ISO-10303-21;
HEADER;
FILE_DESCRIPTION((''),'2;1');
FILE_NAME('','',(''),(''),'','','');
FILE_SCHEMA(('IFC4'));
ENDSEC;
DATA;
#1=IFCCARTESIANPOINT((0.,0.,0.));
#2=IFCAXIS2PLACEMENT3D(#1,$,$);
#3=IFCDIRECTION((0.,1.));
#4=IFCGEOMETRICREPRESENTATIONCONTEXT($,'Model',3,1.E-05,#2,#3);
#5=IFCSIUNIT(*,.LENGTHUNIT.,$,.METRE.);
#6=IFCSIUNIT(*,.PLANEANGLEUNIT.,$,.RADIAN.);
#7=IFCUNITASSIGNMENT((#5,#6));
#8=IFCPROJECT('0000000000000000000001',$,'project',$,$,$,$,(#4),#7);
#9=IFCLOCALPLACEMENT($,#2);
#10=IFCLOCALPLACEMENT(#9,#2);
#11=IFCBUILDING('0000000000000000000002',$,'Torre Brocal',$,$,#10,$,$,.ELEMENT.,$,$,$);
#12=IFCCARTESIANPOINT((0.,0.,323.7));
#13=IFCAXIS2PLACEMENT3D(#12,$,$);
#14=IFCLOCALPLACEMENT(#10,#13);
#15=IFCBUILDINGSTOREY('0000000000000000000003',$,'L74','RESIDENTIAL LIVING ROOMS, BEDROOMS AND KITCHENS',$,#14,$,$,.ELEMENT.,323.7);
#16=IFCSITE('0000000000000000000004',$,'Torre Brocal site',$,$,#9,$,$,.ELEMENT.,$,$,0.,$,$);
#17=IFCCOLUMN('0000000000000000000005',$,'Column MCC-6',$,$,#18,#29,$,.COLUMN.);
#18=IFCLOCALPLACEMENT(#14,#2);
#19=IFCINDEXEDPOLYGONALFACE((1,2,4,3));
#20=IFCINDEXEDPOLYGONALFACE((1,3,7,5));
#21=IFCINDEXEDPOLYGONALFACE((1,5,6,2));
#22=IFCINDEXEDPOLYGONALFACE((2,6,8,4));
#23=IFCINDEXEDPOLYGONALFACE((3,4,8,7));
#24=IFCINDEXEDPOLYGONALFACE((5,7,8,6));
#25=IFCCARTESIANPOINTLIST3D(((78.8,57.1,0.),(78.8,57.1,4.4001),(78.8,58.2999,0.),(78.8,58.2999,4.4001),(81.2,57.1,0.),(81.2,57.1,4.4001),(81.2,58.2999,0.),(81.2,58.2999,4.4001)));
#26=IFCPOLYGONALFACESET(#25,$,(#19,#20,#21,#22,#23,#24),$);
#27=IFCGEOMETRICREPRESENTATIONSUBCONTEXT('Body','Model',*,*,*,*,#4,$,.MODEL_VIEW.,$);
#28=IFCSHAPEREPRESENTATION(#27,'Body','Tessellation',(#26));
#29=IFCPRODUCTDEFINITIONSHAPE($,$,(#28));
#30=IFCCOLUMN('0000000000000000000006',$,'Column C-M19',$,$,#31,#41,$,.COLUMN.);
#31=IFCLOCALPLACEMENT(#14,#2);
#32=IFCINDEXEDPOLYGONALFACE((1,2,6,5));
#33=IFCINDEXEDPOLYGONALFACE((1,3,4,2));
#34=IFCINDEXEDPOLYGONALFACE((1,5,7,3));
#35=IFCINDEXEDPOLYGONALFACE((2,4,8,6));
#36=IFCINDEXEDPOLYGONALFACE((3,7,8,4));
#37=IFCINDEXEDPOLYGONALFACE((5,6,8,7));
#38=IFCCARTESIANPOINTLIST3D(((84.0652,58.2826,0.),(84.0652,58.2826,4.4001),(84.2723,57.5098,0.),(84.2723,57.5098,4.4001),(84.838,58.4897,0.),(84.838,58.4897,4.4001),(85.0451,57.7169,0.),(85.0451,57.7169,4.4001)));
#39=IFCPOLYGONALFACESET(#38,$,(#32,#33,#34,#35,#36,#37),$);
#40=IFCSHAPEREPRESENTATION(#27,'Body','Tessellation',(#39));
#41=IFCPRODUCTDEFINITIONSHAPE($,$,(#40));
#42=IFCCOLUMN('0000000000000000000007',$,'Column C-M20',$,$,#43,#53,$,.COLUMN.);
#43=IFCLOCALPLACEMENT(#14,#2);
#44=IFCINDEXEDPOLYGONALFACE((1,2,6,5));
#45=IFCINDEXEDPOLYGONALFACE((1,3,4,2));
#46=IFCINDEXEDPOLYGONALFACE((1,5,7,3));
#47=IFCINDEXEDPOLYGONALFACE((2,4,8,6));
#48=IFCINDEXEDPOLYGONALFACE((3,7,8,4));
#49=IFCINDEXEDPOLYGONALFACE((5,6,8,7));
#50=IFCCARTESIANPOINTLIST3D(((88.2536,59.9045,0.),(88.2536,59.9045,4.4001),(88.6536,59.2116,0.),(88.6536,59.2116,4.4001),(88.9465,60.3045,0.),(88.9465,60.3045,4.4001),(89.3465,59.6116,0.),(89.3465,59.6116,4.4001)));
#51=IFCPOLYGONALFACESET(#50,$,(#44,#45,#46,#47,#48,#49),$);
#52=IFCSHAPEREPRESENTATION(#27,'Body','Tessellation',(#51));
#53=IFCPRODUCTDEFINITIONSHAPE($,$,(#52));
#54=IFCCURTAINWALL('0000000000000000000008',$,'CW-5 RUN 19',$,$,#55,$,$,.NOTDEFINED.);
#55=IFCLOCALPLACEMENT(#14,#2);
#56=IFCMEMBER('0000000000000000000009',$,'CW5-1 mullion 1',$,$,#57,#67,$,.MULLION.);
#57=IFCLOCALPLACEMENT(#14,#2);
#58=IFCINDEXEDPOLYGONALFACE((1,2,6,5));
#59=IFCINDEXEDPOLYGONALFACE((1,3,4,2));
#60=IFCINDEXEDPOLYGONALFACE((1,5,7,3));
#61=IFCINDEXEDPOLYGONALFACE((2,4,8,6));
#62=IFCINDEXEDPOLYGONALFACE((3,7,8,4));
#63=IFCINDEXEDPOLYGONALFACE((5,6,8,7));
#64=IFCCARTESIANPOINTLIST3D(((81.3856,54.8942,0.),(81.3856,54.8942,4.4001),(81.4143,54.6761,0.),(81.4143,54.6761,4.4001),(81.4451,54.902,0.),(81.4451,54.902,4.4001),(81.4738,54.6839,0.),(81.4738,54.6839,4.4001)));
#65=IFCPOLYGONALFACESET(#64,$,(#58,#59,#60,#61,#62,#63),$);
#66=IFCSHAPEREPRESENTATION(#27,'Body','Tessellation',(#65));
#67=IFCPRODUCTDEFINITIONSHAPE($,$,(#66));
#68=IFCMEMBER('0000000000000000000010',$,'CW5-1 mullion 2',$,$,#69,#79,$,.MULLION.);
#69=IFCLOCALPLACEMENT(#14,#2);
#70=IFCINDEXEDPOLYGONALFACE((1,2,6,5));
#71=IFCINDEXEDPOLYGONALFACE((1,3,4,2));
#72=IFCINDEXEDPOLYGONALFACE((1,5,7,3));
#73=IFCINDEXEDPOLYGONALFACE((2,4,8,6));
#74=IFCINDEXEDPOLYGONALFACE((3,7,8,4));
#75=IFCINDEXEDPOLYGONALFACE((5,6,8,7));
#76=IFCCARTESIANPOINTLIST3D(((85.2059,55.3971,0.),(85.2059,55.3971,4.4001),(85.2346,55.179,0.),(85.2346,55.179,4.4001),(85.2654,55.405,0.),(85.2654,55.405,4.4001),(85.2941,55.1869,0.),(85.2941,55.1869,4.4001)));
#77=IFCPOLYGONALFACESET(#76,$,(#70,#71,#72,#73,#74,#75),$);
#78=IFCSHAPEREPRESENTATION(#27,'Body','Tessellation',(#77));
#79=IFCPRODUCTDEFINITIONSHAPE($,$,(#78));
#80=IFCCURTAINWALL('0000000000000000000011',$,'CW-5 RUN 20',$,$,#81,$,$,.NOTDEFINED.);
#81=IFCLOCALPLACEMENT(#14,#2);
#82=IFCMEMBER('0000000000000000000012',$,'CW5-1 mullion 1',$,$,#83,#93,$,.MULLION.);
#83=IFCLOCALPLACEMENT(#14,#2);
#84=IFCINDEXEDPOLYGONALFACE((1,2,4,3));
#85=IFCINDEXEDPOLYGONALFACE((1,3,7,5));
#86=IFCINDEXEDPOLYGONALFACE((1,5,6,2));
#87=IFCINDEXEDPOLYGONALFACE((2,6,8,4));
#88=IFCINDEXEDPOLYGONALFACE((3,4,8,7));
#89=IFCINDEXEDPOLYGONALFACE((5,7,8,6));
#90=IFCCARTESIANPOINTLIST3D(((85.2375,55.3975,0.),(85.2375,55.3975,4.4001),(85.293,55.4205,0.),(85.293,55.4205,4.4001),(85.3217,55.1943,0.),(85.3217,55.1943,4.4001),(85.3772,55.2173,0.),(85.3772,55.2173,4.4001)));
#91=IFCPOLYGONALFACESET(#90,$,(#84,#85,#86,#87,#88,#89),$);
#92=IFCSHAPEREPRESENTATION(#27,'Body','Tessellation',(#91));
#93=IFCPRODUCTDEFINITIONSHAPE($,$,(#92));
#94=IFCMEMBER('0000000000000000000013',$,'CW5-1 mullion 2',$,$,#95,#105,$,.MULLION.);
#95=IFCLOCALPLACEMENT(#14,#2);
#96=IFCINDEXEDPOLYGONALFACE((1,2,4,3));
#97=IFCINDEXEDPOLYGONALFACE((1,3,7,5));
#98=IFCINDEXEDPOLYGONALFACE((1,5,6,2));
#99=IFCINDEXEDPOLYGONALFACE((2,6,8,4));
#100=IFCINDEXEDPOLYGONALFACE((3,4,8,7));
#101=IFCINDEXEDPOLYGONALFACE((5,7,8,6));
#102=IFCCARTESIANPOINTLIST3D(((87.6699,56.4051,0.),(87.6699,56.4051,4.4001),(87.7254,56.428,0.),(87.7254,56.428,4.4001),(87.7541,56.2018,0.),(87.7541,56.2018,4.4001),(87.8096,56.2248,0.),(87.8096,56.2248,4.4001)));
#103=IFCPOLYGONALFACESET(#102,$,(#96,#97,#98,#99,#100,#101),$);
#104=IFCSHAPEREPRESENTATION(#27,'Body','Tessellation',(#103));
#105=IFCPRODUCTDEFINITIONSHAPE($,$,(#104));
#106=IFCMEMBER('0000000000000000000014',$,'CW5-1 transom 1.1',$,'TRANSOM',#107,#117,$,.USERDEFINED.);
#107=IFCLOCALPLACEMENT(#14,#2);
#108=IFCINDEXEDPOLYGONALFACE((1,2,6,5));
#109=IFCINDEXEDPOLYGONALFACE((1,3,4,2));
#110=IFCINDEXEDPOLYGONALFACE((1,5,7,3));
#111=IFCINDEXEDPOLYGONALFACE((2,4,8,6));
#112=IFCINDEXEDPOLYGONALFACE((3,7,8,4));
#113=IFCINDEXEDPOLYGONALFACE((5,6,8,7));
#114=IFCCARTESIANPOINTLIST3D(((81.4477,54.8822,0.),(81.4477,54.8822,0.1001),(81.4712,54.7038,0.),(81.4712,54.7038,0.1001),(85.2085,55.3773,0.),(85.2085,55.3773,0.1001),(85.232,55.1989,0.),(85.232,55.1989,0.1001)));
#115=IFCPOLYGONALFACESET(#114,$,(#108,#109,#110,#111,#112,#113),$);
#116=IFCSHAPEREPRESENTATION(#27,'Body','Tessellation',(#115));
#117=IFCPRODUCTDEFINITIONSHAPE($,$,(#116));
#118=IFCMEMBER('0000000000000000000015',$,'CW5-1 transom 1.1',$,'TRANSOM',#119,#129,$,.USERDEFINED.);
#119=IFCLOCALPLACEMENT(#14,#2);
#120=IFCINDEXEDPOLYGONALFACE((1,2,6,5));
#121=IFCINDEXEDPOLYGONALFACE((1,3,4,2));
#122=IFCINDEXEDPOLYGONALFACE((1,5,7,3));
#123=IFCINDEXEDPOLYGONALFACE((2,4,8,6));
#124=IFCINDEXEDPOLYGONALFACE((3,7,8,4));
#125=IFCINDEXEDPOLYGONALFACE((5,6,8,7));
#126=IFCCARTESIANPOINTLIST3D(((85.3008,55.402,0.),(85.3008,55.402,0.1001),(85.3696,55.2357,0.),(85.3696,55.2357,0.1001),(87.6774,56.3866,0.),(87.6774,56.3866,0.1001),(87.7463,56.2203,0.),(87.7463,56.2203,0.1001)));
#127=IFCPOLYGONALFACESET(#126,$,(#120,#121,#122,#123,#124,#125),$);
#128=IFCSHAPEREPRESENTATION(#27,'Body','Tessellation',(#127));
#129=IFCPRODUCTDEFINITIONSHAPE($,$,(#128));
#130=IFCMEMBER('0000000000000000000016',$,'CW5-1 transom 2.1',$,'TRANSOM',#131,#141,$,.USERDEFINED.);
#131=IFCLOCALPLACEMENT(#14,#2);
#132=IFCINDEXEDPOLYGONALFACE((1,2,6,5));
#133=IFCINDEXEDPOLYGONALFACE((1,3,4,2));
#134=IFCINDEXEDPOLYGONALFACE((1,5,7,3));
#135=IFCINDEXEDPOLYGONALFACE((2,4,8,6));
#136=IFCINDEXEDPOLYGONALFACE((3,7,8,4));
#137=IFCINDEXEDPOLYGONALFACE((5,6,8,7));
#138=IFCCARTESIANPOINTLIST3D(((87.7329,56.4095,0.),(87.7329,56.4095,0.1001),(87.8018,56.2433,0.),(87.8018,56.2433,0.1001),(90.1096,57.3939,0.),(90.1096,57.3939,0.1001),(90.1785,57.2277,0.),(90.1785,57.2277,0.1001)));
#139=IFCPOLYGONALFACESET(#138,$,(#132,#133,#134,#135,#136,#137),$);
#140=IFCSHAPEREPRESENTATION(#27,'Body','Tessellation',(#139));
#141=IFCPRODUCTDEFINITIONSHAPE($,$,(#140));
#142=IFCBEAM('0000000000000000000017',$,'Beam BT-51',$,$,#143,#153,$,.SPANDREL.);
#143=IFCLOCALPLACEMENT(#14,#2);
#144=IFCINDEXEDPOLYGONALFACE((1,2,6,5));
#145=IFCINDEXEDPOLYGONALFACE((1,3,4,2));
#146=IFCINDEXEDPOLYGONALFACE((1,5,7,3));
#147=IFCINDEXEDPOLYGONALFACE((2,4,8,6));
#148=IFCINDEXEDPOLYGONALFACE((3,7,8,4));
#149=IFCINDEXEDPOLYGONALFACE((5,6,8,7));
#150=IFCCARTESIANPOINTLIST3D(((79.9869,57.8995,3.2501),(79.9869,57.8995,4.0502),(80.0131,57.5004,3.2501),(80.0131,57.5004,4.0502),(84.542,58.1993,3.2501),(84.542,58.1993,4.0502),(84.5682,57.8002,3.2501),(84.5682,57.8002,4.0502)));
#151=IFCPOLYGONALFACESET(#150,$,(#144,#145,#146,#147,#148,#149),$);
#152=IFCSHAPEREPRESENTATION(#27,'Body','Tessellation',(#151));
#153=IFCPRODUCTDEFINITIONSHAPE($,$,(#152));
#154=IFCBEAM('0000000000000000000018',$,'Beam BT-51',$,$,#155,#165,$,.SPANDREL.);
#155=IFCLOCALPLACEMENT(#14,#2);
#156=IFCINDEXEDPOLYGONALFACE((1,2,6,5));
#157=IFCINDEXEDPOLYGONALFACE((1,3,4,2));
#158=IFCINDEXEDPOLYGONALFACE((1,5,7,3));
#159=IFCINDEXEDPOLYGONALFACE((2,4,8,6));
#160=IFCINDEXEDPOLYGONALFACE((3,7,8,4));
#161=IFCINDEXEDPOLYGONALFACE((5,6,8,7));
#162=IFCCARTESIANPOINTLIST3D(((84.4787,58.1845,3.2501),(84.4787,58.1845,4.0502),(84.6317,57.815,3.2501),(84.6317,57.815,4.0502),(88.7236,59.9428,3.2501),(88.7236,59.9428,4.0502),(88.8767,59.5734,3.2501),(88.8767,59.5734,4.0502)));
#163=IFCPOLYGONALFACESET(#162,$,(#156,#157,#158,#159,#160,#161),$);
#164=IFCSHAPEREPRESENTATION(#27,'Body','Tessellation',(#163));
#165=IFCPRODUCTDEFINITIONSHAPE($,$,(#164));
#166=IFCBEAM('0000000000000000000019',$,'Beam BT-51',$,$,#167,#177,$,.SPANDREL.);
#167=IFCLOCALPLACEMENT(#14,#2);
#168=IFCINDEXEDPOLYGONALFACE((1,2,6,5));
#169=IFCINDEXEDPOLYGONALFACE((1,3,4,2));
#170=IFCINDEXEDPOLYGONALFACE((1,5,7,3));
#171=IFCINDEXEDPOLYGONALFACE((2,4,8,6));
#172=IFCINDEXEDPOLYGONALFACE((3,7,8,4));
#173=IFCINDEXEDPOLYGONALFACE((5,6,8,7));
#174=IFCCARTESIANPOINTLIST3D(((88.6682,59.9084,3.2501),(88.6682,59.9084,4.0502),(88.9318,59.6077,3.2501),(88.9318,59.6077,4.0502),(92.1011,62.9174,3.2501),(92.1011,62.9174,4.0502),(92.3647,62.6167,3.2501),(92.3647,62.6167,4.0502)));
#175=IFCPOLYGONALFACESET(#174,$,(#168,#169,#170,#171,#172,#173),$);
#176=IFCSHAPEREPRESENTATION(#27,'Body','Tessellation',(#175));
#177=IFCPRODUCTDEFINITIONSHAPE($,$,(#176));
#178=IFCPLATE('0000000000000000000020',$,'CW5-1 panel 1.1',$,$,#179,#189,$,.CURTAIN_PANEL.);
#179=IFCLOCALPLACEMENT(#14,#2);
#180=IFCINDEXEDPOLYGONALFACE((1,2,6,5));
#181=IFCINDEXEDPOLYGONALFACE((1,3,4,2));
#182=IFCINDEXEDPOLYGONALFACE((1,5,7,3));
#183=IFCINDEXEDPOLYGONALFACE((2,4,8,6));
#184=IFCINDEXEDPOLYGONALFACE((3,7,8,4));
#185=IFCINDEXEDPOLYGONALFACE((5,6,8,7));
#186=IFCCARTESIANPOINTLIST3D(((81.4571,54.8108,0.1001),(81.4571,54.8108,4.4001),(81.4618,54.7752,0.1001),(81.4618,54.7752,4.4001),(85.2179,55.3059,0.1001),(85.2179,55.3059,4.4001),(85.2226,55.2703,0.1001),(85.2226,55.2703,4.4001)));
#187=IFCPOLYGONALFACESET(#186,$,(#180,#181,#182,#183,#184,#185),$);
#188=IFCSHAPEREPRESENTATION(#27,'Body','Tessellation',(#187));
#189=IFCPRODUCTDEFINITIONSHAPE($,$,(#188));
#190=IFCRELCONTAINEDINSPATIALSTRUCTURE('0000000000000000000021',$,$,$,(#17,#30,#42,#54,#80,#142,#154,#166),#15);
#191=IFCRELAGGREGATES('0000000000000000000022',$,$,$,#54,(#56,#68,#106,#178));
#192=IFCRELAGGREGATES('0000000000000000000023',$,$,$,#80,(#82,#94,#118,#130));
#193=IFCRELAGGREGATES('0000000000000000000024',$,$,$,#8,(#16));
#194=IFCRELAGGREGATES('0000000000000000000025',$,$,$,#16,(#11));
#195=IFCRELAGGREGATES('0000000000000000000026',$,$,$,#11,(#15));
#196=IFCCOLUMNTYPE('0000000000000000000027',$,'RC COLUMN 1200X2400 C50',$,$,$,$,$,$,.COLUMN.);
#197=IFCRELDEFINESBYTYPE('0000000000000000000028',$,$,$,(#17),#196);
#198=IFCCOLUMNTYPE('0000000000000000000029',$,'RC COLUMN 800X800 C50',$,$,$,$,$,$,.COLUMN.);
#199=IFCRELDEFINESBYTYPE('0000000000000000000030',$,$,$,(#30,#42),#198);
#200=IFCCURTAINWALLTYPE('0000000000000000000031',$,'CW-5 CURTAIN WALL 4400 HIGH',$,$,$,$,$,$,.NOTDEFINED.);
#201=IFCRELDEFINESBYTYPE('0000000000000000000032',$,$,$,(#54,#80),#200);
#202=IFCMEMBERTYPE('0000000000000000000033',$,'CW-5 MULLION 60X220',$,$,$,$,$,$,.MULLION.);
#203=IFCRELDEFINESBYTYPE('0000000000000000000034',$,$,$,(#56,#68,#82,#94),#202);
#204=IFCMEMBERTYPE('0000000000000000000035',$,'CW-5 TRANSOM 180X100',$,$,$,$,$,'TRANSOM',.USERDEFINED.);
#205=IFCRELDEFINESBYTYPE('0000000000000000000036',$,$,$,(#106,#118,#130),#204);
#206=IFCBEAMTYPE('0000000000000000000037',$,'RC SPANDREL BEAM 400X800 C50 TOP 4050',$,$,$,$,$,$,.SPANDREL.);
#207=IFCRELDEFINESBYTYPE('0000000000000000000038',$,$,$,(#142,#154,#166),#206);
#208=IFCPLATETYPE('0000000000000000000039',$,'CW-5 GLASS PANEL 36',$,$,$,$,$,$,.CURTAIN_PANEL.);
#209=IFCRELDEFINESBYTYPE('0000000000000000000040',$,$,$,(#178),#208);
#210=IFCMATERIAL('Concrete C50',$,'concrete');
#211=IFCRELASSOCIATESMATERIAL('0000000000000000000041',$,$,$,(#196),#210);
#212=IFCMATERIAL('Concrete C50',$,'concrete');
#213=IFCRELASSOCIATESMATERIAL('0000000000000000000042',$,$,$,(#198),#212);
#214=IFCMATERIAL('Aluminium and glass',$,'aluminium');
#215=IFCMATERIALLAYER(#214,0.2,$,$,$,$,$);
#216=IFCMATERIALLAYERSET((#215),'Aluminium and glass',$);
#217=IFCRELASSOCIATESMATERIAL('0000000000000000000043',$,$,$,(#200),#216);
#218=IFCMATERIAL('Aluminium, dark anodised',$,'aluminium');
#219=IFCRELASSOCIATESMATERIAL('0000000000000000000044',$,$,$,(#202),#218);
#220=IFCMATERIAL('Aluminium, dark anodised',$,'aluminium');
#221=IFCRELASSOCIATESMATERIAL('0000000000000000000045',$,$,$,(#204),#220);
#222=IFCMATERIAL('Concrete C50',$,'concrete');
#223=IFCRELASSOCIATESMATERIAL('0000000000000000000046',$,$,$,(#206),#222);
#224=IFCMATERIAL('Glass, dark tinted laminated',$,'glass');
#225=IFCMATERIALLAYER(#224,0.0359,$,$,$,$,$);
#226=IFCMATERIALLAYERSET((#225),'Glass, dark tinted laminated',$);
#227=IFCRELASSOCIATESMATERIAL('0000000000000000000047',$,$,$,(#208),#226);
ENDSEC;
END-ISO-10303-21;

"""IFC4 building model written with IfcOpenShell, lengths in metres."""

from ifc_helpers import new_model, si_unit, direction, frame, origin, origin_2d, place, context, subcontext, project, spatial, rectangle, extrude, material, layer, layer_set, material_profile, profile_set, type_object, element, aggregate, save


model = new_model("IFC4")

# Units and contexts
model_context = context("Model", 3, precision=1e-05, world=origin(), true_north=direction((0.0, 1.0)))
body_context = subcontext(model_context, "Body", "Model", "MODEL_VIEW")
ifc_project = project(units=[si_unit("LENGTHUNIT", "METRE"), si_unit("PLANEANGLEUNIT", "RADIAN")], contexts=[model_context])

# Site, building, storey
site_placement = place(None, origin())
site = spatial("IfcSite", under=ifc_project, at=site_placement, Name="Torre Brocal site", CompositionType="ELEMENT", RefElevation=0.0)
building_placement = place(site_placement, origin())
building = spatial("IfcBuilding", under=site, at=building_placement, Name="Torre Brocal", CompositionType="ELEMENT")
storey_placement = place(building_placement, frame((0.0, 0.0, 323.7)))
storey = spatial("IfcBuildingStorey", under=building, at=storey_placement, Name="L74", Description="RESIDENTIAL LIVING ROOMS, BEDROOMS AND KITCHENS", CompositionType="ELEMENT", Elevation=323.7)

# Columns
ifc_material_1 = material(Name="Concrete C50", Category="concrete")
ifc_material_profile_1 = material_profile(ifc_material_1, rectangle(XDim=1.2, YDim=2.3999, at=origin_2d()), Name="RC 1200X2400")
ifc_profile_set_1 = profile_set([ifc_material_profile_1], Name="Concrete C50")
column_type_1 = type_object("IfcColumnType", Name="RC COLUMN 1200X2400 C50", PredefinedType="COLUMN", material=ifc_profile_set_1)
column_placement = place(storey_placement, frame((80.0, 57.7, 0.0), z_axis=(0.0, 0.0, 1.0), x_axis=(0.0, -1.0, 0.0)))
element("IfcColumn", 1, at=column_placement, inside=storey, type_object=column_type_1, Name="Column MCC-6", PredefinedType="COLUMN", context=body_context, shape_type="SweptSolid", body=[
    extrude(rectangle(XDim=1.2, YDim=2.3999, at=origin_2d()), origin(), (0.0, 0.0, 1.0), 4.4001),
])
ifc_material_2 = material(Name="Concrete C50", Category="concrete")
ifc_material_profile_2 = material_profile(ifc_material_2, rectangle(XDim=0.8, YDim=0.8, at=origin_2d()), Name="RC 800X800")
ifc_profile_set_2 = profile_set([ifc_material_profile_2], Name="Concrete C50")
column_type_2 = type_object("IfcColumnType", Name="RC COLUMN 800X800 C50", PredefinedType="COLUMN", material=ifc_profile_set_2)
for number, where, z_axis, x_axis, name in (
    (2, (84.5552, 57.9998, 0.0), (0.0, 0.0, 1.0), (0.258819, -0.965926, 0.0), "Column C-M19"),
    (3, (88.8, 59.7581, 0.0), (0.0, 0.0, 1.0), (0.5, -0.866025, 0.0), "Column C-M20"),
):
    element("IfcColumn", number, at=place(storey_placement, frame(where, z_axis=z_axis, x_axis=x_axis)), inside=storey, type_object=column_type_2, Name=name, PredefinedType="COLUMN", context=body_context, shape_type="SweptSolid", body=[
        extrude(rectangle(XDim=0.8, YDim=0.8, at=origin_2d()), origin(), (0.0, 0.0, 1.0), 4.4001),
    ])

# Curtain walls, members
ifc_material_3 = material(Name="Aluminium and glass", Category="aluminium")
ifc_layer_1 = layer(ifc_material_3, 0.2)
ifc_layer_set_1 = layer_set([ifc_layer_1], Name="Aluminium and glass")
curtain_wall_type = type_object("IfcCurtainWallType", Name="CW-5 CURTAIN WALL 4400 HIGH", PredefinedType="NOTDEFINED", material=ifc_layer_set_1)
curtain_wall_1_placement = place(storey_placement, origin())
curtain_wall_1 = element("IfcCurtainWall", 4, at=curtain_wall_1_placement, inside=storey, type_object=curtain_wall_type, Name="CW-5 RUN 19", PredefinedType="NOTDEFINED")
ifc_material_4 = material(Name="Aluminium, dark anodised", Category="aluminium")
ifc_material_profile_3 = material_profile(ifc_material_4, rectangle(XDim=0.22, YDim=0.0601, at=origin_2d()), Name="CW-5 MULLION 60X220")
ifc_profile_set_3 = profile_set([ifc_material_profile_3], Name="Aluminium, dark anodised")
member_type_1 = type_object("IfcMemberType", Name="CW-5 MULLION 60X220", PredefinedType="MULLION", material=ifc_profile_set_3)
member_1_placement = place(storey_placement, frame((81.4297, 54.7891, 0.0), z_axis=(0.0, 0.0, 1.0), x_axis=(-0.130526, 0.991445, 0.0)))
member_1 = element("IfcMember", 5, at=member_1_placement, type_object=member_type_1, Name="CW5-1 mullion 1", PredefinedType="MULLION", context=body_context, shape_type="SweptSolid", body=[
    extrude(rectangle(XDim=0.22, YDim=0.0601, at=origin_2d()), origin(), (0.0, 0.0, 1.0), 4.4001),
])
member_2_placement = place(storey_placement, frame((85.25, 55.292, 0.0), z_axis=(0.0, 0.0, 1.0), x_axis=(-0.130526, 0.991445, 0.0)))
member_2 = element("IfcMember", 6, at=member_2_placement, type_object=member_type_1, Name="CW5-1 mullion 2", PredefinedType="MULLION", context=body_context, shape_type="SweptSolid", body=[
    extrude(rectangle(XDim=0.22, YDim=0.0601, at=origin_2d()), origin(), (0.0, 0.0, 1.0), 4.4001),
])
curtain_wall_2_placement = place(storey_placement, origin())
curtain_wall_2 = element("IfcCurtainWall", 7, at=curtain_wall_2_placement, inside=storey, type_object=curtain_wall_type, Name="CW-5 RUN 20", PredefinedType="NOTDEFINED")
member_3_placement = place(storey_placement, frame((85.3074, 55.3074, 0.0), z_axis=(0.0, 0.0, 1.0), x_axis=(-0.382683, 0.92388, 0.0)))
member_3 = element("IfcMember", 8, at=member_3_placement, type_object=member_type_1, Name="CW5-1 mullion 1", PredefinedType="MULLION", context=body_context, shape_type="SweptSolid", body=[
    extrude(rectangle(XDim=0.22, YDim=0.0601, at=origin_2d()), origin(), (0.0, 0.0, 1.0), 4.4001),
])
member_4_placement = place(storey_placement, frame((87.7397, 56.3149, 0.0), z_axis=(0.0, 0.0, 1.0), x_axis=(-0.382683, 0.92388, 0.0)))
member_4 = element("IfcMember", 9, at=member_4_placement, type_object=member_type_1, Name="CW5-1 mullion 2", PredefinedType="MULLION", context=body_context, shape_type="SweptSolid", body=[
    extrude(rectangle(XDim=0.22, YDim=0.0601, at=origin_2d()), origin(), (0.0, 0.0, 1.0), 4.4001),
])

# Members
ifc_material_5 = material(Name="Aluminium, dark anodised", Category="aluminium")
ifc_material_profile_4 = material_profile(ifc_material_5, rectangle(XDim=0.1799, YDim=0.1001, at=origin_2d()), Name="CW-5 TRANSOM 180X100")
ifc_profile_set_4 = profile_set([ifc_material_profile_4], Name="Aluminium, dark anodised")
member_type_2 = type_object("IfcMemberType", Name="CW-5 TRANSOM 180X100", ElementType="TRANSOM", PredefinedType="USERDEFINED", material=ifc_profile_set_4)
member_5_placement = place(storey_placement, frame((81.4595, 54.793, 0.05), z_axis=(0.991445, 0.130528, 0.0), x_axis=(-0.130528, 0.991445, 0.0)))
member_5 = element("IfcMember", 10, at=member_5_placement, type_object=member_type_2, Name="CW5-1 transom 1.1", ObjectType="TRANSOM", PredefinedType="USERDEFINED", context=body_context, shape_type="SweptSolid", body=[
    extrude(rectangle(XDim=0.1799, YDim=0.1001, at=origin_2d()), origin(), (0.0, 0.0, 1.0), 3.7932),
])
member_6_placement = place(storey_placement, frame((85.3352, 55.3188, 0.05), z_axis=(0.923858, 0.382735, 0.0), x_axis=(-0.382735, 0.923858, 0.0)))
member_6 = element("IfcMember", 11, at=member_6_placement, type_object=member_type_2, Name="CW5-1 transom 1.1", ObjectType="TRANSOM", PredefinedType="USERDEFINED", context=body_context, shape_type="SweptSolid", body=[
    extrude(rectangle(XDim=0.1799, YDim=0.1001, at=origin_2d()), origin(), (0.0, 0.0, 1.0), 2.5725),
])
member_7_placement = place(storey_placement, frame((87.7673, 56.3264, 0.05), z_axis=(0.923892, 0.382654, 0.0), x_axis=(-0.382654, 0.923892, 0.0)))
member_7 = element("IfcMember", 12, at=member_7_placement, type_object=member_type_2, Name="CW5-1 transom 2.1", ObjectType="TRANSOM", PredefinedType="USERDEFINED", context=body_context, shape_type="SweptSolid", body=[
    extrude(rectangle(XDim=0.1799, YDim=0.1001, at=origin_2d()), origin(), (0.0, 0.0, 1.0), 2.5725),
])

# Beams
ifc_material_6 = material(Name="Concrete C50", Category="concrete")
ifc_material_profile_5 = material_profile(ifc_material_6, rectangle(XDim=0.3999, YDim=0.8, at=origin_2d()), Name="RC 400X800")
ifc_profile_set_5 = profile_set([ifc_material_profile_5], Name="Concrete C50")
beam_type = type_object("IfcBeamType", Name="RC SPANDREL BEAM 400X800 C50 TOP 4050", PredefinedType="SPANDREL", material=ifc_profile_set_5)
beam_1_placement = place(storey_placement, frame((80.0, 57.7, 3.6501), z_axis=(0.997841, 0.065674, 0.0), x_axis=(-0.065674, 0.997841, 0.0)))
element("IfcBeam", 13, at=beam_1_placement, inside=storey, type_object=beam_type, Name="Beam BT-51", PredefinedType="SPANDREL", context=body_context, shape_type="SweptSolid", body=[
    extrude(rectangle(XDim=0.3999, YDim=0.8, at=origin_2d()), origin(), (0.0, 0.0, 1.0), 4.5649),
])
beam_2_placement = place(storey_placement, frame((84.5552, 57.9998, 3.6501), z_axis=(0.923878, 0.382687, 0.0), x_axis=(-0.382687, 0.923878, 0.0)))
element("IfcBeam", 14, at=beam_2_placement, inside=storey, type_object=beam_type, Name="Beam BT-51", PredefinedType="SPANDREL", context=body_context, shape_type="SweptSolid", body=[
    extrude(rectangle(XDim=0.3999, YDim=0.8, at=origin_2d()), origin(), (0.0, 0.0, 1.0), 4.5947),
])
beam_3_placement = place(storey_placement, frame((88.8, 59.7581, 3.6501), z_axis=(0.752003, 0.659159, 0.0), x_axis=(-0.659159, 0.752003, 0.0)))
element("IfcBeam", 15, at=beam_3_placement, inside=storey, type_object=beam_type, Name="Beam BT-51", PredefinedType="SPANDREL", context=body_context, shape_type="SweptSolid", body=[
    extrude(rectangle(XDim=0.3999, YDim=0.8, at=origin_2d()), origin(), (0.0, 0.0, 1.0), 4.5649),
])

# Plate
ifc_material_7 = material(Name="Glass, dark tinted laminated", Category="glass")
ifc_layer_2 = layer(ifc_material_7, 0.0359)
ifc_layer_set_2 = layer_set([ifc_layer_2], Name="Glass, dark tinted laminated")
plate_type = type_object("IfcPlateType", Name="CW-5 GLASS PANEL 36", PredefinedType="CURTAIN_PANEL", material=ifc_layer_set_2)
plate_1_placement = place(storey_placement, frame((83.3398, 55.0405, 0.1001), z_axis=(0.0, 0.0, 1.0), x_axis=(0.991445, 0.130526, 0.0)))
plate_1 = element("IfcPlate", 16, at=plate_1_placement, type_object=plate_type, Name="CW5-1 panel 1.1", PredefinedType="CURTAIN_PANEL", context=body_context, shape_type="SweptSolid", body=[
    extrude(rectangle(XDim=3.7932, YDim=0.0359, at=origin_2d()), origin(), (0.0, 0.0, 1.0), 4.3),
])
aggregate(curtain_wall_1, [member_1, member_2, member_5, plate_1])
aggregate(curtain_wall_2, [member_3, member_4, member_6, member_7])

save(model, "model.ifc")
